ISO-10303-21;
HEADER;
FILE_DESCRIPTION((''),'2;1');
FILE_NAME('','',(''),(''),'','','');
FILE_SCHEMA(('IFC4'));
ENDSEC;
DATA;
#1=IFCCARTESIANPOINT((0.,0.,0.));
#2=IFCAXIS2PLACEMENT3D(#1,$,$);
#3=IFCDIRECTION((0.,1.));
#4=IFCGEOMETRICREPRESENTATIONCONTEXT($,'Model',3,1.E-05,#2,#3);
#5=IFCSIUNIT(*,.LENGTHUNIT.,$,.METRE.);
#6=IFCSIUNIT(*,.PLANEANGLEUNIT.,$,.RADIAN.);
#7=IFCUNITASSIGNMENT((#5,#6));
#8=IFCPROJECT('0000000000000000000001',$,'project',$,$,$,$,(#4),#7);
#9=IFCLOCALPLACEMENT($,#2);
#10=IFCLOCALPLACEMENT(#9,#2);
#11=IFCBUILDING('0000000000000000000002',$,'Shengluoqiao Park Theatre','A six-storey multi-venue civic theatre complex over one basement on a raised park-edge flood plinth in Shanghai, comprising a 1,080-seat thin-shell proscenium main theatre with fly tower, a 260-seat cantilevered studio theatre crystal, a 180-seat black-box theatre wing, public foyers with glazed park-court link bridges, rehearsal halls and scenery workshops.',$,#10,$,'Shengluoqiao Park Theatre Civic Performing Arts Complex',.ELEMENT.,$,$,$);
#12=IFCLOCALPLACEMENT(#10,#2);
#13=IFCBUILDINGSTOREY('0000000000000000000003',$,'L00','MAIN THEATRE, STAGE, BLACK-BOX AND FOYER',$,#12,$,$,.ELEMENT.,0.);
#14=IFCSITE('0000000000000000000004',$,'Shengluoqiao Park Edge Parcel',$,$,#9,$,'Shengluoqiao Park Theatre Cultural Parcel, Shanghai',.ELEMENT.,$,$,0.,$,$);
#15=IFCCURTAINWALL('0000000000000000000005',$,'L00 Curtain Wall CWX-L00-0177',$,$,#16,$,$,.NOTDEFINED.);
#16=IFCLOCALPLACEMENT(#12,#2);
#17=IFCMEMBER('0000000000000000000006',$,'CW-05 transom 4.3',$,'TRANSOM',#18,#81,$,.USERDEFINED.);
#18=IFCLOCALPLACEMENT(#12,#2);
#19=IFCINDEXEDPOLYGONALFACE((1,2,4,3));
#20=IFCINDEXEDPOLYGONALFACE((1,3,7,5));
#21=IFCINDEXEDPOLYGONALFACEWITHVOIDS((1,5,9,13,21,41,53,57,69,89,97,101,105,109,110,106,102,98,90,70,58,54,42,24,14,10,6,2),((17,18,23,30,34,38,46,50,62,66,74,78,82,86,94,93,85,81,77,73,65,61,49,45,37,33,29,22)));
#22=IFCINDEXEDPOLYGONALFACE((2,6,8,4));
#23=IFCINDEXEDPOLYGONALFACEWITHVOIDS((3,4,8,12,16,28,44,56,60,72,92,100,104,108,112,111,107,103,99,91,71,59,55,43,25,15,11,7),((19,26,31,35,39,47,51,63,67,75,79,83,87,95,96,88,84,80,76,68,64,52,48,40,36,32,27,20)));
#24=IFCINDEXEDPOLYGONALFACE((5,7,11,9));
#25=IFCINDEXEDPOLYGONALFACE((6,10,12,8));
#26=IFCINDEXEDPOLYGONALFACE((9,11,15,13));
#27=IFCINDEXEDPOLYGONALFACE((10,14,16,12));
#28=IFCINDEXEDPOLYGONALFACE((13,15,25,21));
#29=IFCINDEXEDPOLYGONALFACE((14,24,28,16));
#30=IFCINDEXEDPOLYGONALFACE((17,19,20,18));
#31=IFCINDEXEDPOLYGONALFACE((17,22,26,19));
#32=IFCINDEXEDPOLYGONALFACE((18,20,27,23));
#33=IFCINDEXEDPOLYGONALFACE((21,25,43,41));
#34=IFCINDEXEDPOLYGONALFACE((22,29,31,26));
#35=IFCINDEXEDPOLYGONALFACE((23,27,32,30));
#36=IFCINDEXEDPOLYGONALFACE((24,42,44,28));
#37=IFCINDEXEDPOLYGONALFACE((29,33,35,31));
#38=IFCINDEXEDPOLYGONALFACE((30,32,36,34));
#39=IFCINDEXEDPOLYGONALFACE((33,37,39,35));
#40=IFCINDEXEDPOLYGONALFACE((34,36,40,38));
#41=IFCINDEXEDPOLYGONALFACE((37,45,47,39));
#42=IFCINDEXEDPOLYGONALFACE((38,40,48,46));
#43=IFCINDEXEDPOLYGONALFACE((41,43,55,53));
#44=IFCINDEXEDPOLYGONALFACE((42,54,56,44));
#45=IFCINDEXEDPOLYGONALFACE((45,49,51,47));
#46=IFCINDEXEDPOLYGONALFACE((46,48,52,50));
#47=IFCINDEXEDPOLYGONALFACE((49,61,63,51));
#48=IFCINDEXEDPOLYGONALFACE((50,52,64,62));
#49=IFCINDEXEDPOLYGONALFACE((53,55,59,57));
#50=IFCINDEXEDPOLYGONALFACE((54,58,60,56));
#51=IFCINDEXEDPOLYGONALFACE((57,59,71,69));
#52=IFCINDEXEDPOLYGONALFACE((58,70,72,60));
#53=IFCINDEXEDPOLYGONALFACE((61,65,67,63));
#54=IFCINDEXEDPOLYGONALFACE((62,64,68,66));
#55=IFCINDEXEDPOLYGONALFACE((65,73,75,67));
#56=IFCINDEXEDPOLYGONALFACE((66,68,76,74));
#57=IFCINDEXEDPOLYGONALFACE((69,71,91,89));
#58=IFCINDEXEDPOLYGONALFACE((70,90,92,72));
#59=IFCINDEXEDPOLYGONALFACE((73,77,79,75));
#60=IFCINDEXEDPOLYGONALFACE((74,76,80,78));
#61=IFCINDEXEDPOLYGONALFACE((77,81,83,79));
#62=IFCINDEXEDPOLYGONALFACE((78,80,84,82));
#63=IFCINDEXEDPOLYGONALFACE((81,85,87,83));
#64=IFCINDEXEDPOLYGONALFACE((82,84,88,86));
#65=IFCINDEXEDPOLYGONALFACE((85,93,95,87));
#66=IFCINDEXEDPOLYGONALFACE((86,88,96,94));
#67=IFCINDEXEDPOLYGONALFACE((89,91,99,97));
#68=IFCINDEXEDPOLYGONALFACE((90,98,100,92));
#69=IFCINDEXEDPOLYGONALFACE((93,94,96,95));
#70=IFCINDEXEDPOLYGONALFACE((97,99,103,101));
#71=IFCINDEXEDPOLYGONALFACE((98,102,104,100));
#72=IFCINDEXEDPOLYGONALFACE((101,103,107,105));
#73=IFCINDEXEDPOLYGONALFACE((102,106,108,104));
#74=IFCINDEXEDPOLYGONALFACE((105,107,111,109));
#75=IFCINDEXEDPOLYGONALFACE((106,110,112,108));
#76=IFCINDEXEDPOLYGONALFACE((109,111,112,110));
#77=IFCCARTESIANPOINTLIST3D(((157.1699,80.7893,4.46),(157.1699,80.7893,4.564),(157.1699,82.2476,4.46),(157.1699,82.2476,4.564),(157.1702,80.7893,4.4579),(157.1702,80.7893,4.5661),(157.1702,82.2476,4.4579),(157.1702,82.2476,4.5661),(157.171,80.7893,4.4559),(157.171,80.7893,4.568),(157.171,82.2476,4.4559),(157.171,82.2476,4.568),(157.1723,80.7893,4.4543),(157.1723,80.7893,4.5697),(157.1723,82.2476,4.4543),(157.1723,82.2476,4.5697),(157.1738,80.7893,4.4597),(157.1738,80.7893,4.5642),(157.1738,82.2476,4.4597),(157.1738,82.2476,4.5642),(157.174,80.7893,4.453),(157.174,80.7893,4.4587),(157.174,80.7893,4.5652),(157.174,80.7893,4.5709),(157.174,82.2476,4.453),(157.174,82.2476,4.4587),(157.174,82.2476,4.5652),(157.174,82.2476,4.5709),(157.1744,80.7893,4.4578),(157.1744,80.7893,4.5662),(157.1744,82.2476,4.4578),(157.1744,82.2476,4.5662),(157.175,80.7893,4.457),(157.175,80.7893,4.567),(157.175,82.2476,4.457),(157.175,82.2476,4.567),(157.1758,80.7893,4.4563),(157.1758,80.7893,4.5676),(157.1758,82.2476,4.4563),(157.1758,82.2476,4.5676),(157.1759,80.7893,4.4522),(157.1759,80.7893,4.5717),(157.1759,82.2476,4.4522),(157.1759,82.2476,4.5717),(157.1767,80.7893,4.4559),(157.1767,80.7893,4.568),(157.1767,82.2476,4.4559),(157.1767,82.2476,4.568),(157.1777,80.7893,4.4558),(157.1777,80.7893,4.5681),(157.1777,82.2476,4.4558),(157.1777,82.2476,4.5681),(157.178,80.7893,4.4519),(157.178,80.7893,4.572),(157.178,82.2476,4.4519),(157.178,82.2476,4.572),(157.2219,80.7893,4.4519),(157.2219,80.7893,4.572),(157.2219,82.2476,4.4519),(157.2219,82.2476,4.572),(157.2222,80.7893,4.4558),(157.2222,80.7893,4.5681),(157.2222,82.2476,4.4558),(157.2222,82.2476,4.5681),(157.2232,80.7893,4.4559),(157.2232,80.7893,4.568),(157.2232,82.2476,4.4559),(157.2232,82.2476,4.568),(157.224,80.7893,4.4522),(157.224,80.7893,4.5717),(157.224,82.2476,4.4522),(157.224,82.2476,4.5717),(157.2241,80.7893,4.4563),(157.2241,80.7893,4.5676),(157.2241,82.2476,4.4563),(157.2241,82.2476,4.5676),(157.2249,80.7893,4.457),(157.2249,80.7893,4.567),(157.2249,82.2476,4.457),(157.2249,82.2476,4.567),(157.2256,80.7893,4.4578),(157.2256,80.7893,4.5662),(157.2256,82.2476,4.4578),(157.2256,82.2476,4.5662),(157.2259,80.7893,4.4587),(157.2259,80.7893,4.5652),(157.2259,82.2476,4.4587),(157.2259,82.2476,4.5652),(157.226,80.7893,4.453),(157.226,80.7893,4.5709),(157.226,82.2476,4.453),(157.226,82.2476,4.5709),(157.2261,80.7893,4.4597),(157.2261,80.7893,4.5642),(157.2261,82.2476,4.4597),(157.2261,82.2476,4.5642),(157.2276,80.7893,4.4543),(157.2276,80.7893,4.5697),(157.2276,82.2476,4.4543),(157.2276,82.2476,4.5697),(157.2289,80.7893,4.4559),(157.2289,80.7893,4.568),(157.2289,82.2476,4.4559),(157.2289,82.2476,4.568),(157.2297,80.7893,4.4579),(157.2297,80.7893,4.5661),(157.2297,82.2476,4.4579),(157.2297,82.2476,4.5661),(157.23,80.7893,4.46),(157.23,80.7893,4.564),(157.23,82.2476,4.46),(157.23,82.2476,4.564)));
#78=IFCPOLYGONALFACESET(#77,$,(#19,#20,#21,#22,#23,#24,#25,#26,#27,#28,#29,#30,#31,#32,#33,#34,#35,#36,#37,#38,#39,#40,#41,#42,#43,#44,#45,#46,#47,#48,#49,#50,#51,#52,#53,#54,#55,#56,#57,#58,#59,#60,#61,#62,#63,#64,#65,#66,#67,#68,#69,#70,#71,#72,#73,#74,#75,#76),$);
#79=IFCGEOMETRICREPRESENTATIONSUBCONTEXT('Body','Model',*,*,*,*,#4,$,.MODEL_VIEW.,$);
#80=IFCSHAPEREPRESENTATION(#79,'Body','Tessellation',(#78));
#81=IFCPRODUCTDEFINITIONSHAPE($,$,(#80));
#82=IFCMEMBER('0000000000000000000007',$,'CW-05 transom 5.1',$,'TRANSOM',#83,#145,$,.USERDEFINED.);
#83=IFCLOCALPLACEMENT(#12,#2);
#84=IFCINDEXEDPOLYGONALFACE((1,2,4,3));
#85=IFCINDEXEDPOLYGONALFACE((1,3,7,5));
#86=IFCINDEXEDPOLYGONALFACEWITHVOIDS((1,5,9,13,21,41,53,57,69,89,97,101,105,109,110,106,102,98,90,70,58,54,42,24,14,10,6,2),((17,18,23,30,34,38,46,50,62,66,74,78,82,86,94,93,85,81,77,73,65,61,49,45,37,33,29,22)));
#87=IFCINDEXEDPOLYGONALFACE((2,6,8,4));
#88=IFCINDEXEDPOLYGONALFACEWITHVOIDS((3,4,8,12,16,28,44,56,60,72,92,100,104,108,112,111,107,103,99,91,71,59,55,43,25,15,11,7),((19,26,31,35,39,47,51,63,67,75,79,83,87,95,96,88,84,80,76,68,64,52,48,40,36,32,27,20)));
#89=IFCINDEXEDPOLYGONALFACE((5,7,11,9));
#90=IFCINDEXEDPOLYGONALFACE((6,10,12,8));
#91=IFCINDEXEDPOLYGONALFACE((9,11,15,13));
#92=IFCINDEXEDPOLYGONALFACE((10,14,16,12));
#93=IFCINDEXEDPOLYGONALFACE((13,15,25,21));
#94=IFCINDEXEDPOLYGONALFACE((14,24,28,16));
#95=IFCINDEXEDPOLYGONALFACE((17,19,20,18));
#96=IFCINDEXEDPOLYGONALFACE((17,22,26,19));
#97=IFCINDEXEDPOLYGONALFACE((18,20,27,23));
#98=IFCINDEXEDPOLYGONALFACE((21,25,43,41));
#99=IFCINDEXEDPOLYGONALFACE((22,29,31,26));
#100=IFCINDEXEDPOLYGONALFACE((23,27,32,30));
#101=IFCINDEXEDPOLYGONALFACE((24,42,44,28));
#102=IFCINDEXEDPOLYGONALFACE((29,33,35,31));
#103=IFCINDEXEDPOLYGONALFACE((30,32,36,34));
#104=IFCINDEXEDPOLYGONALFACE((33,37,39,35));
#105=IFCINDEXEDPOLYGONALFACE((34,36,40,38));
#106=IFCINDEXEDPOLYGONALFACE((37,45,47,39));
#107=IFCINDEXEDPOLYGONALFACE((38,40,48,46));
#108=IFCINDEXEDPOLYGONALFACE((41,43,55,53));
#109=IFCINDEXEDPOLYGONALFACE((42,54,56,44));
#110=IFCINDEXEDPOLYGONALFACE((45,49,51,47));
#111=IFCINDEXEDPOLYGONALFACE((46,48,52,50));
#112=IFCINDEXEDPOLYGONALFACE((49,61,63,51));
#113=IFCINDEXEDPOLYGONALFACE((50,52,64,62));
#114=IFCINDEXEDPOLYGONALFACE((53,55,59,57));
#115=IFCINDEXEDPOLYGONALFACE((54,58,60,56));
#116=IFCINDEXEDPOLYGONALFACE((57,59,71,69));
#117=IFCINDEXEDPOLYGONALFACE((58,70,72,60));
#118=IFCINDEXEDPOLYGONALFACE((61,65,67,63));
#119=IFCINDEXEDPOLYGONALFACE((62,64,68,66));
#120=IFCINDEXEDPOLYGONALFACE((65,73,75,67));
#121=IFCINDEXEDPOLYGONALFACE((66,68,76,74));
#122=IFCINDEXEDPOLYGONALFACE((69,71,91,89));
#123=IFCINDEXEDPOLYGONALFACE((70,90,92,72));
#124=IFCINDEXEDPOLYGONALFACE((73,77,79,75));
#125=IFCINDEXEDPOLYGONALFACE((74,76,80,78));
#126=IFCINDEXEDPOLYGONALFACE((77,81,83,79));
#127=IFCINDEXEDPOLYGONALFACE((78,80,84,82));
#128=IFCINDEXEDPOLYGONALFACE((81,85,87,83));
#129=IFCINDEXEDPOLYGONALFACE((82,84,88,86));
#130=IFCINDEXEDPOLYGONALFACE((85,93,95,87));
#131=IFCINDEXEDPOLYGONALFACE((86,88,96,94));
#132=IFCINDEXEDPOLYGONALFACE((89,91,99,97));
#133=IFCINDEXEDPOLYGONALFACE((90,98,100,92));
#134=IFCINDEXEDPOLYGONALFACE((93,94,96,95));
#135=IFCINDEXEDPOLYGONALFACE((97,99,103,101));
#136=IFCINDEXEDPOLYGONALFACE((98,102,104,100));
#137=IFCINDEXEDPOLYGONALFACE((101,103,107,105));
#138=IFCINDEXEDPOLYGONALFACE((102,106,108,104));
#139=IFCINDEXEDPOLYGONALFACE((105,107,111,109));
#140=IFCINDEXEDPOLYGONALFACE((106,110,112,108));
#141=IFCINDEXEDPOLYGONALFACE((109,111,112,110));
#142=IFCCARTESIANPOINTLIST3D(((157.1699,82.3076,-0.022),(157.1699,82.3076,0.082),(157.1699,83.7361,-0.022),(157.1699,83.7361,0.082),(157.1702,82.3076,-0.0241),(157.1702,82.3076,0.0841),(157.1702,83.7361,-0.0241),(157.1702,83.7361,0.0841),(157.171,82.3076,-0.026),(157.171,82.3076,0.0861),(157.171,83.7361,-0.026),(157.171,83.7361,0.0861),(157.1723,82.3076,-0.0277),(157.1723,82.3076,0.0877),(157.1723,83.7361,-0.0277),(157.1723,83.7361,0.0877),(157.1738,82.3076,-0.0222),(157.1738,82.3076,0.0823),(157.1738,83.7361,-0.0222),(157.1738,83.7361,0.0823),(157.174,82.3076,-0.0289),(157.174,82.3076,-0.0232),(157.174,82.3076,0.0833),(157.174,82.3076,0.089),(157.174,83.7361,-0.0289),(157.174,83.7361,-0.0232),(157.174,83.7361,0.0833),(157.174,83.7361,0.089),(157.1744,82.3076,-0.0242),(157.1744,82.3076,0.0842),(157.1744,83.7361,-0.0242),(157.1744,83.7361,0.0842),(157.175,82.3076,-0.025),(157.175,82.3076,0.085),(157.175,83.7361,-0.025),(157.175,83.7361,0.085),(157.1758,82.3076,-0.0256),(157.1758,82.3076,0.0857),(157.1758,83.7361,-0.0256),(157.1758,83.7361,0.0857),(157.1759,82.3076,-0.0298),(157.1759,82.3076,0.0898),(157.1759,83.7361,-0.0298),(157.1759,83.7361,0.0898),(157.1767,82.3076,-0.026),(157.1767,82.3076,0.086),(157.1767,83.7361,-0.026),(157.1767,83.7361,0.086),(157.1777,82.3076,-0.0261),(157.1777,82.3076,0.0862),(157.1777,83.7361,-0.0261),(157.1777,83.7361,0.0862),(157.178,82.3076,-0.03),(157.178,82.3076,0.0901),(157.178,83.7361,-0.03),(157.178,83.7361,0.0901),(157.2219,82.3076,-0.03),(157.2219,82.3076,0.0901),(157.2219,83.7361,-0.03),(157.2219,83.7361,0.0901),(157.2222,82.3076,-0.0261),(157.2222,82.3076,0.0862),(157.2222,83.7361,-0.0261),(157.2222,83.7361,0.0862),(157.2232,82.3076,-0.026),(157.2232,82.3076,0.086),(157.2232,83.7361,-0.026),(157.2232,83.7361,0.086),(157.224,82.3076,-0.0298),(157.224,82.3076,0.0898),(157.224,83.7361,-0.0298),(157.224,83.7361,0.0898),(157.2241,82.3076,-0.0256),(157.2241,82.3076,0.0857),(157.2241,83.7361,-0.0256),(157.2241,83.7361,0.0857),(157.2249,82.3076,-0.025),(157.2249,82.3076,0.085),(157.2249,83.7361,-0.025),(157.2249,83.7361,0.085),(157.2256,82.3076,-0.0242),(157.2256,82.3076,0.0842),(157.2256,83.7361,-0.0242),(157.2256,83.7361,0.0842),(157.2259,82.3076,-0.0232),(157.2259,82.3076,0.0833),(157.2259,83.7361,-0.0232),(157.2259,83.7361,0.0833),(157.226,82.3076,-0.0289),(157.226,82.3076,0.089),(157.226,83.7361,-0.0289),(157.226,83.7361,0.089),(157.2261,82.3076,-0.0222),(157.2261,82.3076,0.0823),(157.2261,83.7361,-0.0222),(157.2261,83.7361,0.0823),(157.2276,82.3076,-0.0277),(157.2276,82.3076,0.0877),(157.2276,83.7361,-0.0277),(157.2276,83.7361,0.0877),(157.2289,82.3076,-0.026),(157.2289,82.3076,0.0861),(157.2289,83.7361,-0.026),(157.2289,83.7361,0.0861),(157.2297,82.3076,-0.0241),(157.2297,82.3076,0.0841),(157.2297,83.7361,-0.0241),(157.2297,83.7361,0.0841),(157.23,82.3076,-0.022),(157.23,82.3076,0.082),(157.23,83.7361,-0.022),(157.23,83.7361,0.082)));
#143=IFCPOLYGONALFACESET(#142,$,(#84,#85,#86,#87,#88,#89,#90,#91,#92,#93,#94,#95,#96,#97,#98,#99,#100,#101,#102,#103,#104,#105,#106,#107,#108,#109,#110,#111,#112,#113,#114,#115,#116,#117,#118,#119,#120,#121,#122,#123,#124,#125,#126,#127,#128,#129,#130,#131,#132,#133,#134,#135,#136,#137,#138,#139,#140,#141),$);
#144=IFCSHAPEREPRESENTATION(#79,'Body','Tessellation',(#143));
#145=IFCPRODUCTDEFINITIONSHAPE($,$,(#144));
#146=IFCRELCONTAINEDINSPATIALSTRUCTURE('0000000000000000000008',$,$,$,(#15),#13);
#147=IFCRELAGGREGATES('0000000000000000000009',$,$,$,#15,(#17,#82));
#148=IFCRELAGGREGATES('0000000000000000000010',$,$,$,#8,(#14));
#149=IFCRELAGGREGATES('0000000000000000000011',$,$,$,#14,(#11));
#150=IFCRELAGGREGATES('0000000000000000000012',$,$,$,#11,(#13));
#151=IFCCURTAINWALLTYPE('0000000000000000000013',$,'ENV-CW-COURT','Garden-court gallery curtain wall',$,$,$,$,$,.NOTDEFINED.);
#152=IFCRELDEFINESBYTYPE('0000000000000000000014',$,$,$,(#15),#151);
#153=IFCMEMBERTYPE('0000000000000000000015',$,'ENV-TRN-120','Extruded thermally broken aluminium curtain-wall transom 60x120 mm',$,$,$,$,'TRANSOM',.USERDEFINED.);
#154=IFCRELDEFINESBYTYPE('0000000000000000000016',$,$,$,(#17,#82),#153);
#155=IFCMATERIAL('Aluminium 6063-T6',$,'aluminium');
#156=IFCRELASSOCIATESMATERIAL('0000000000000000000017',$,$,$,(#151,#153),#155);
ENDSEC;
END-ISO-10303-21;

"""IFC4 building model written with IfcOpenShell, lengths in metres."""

from ifc_helpers import new_model, si_unit, direction, frame, origin, origin_2d, place, context, subcontext, project, spatial, hollow_rectangle, extrude, material, material_profile, profile_set, type_object, element, aggregate, save


model = new_model("IFC4")

# Units and contexts
model_context = context("Model", 3, precision=1e-05, world=origin(), true_north=direction((0.0, 1.0)))
body_context = subcontext(model_context, "Body", "Model", "MODEL_VIEW")
ifc_project = project(units=[si_unit("LENGTHUNIT", "METRE"), si_unit("PLANEANGLEUNIT", "RADIAN")], contexts=[model_context])

# Site, building, storey
site_placement = place(None, origin())
site = spatial("IfcSite", under=ifc_project, at=site_placement, Name="Shengluoqiao Park Edge Parcel", LongName="Shengluoqiao Park Theatre Cultural Parcel, Shanghai", CompositionType="ELEMENT", RefElevation=0.0)
building_placement = place(site_placement, origin())
building = spatial("IfcBuilding", under=site, at=building_placement, Name="Shengluoqiao Park Theatre", Description="A six-storey multi-venue civic theatre complex over one basement on a raised park-edge flood plinth in Shanghai, comprising a 1,080-seat thin-shell proscenium main theatre with fly tower, a 260-seat cantilevered studio theatre crystal, a 180-seat black-box theatre wing, public foyers with glazed park-court link bridges, rehearsal halls and scenery workshops.", LongName="Shengluoqiao Park Theatre Civic Performing Arts Complex", CompositionType="ELEMENT")
storey_placement = place(building_placement, origin())
storey = spatial("IfcBuildingStorey", under=building, at=storey_placement, Name="L00", Description="MAIN THEATRE, STAGE, BLACK-BOX AND FOYER", CompositionType="ELEMENT", Elevation=0.0)

# Curtain wall, members
ifc_material_1 = material(Name="Aluminium 6063-T6", Category="aluminium")
curtain_wall_type = type_object("IfcCurtainWallType", Name="ENV-CW-COURT", Description="Garden-court gallery curtain wall", PredefinedType="NOTDEFINED", material=ifc_material_1)
curtain_wall_placement = place(storey_placement, origin())
curtain_wall = element("IfcCurtainWall", 1, at=curtain_wall_placement, inside=storey, type_object=curtain_wall_type, Name="L00 Curtain Wall CWX-L00-0177", PredefinedType="NOTDEFINED")
ifc_material_profile_1 = material_profile(ifc_material_1, hollow_rectangle(XDim=0.0601, YDim=0.1201, WallThickness=0.0039, InnerFilletRadius=0.0039, OuterFilletRadius=0.0081, at=origin_2d()), Name="ALU TRANSOM 120x60x4")
ifc_profile_set_1 = profile_set([ifc_material_profile_1], Name="Aluminium 6063-T6")
member_type_1 = type_object("IfcMemberType", Name="ENV-TRN-120", Description="Extruded thermally broken aluminium curtain-wall transom 60x120 mm", ElementType="TRANSOM", PredefinedType="USERDEFINED", material=ifc_profile_set_1)
member_1_placement = place(storey_placement, frame((157.2, 80.7893, 4.512), z_axis=(0.0, 1.0, 0.0), x_axis=(-1.0, 0.0, 0.0)))
member_1 = element("IfcMember", 2, at=member_1_placement, type_object=member_type_1, Name="CW-05 transom 4.3", ObjectType="TRANSOM", PredefinedType="USERDEFINED", context=body_context, shape_type="SweptSolid", body=[
    extrude(hollow_rectangle(XDim=0.0601, YDim=0.1201, WallThickness=0.0039, InnerFilletRadius=0.0039, OuterFilletRadius=0.0081, at=origin_2d()), origin(), (0.0, 0.0, 1.0), 1.4583),
])
member_2_placement = place(storey_placement, frame((157.2, 82.3076, 0.03), z_axis=(0.0, 1.0, 0.0), x_axis=(-1.0, 0.0, 0.0)))
member_2 = element("IfcMember", 3, at=member_2_placement, type_object=member_type_1, Name="CW-05 transom 5.1", ObjectType="TRANSOM", PredefinedType="USERDEFINED", context=body_context, shape_type="SweptSolid", body=[
    extrude(hollow_rectangle(XDim=0.0601, YDim=0.1201, WallThickness=0.0039, InnerFilletRadius=0.0039, OuterFilletRadius=0.0081, at=origin_2d()), origin(), (0.0, 0.0, 1.0), 1.4285),
])
aggregate(curtain_wall, [member_1, member_2])

save(model, "model.ifc")
